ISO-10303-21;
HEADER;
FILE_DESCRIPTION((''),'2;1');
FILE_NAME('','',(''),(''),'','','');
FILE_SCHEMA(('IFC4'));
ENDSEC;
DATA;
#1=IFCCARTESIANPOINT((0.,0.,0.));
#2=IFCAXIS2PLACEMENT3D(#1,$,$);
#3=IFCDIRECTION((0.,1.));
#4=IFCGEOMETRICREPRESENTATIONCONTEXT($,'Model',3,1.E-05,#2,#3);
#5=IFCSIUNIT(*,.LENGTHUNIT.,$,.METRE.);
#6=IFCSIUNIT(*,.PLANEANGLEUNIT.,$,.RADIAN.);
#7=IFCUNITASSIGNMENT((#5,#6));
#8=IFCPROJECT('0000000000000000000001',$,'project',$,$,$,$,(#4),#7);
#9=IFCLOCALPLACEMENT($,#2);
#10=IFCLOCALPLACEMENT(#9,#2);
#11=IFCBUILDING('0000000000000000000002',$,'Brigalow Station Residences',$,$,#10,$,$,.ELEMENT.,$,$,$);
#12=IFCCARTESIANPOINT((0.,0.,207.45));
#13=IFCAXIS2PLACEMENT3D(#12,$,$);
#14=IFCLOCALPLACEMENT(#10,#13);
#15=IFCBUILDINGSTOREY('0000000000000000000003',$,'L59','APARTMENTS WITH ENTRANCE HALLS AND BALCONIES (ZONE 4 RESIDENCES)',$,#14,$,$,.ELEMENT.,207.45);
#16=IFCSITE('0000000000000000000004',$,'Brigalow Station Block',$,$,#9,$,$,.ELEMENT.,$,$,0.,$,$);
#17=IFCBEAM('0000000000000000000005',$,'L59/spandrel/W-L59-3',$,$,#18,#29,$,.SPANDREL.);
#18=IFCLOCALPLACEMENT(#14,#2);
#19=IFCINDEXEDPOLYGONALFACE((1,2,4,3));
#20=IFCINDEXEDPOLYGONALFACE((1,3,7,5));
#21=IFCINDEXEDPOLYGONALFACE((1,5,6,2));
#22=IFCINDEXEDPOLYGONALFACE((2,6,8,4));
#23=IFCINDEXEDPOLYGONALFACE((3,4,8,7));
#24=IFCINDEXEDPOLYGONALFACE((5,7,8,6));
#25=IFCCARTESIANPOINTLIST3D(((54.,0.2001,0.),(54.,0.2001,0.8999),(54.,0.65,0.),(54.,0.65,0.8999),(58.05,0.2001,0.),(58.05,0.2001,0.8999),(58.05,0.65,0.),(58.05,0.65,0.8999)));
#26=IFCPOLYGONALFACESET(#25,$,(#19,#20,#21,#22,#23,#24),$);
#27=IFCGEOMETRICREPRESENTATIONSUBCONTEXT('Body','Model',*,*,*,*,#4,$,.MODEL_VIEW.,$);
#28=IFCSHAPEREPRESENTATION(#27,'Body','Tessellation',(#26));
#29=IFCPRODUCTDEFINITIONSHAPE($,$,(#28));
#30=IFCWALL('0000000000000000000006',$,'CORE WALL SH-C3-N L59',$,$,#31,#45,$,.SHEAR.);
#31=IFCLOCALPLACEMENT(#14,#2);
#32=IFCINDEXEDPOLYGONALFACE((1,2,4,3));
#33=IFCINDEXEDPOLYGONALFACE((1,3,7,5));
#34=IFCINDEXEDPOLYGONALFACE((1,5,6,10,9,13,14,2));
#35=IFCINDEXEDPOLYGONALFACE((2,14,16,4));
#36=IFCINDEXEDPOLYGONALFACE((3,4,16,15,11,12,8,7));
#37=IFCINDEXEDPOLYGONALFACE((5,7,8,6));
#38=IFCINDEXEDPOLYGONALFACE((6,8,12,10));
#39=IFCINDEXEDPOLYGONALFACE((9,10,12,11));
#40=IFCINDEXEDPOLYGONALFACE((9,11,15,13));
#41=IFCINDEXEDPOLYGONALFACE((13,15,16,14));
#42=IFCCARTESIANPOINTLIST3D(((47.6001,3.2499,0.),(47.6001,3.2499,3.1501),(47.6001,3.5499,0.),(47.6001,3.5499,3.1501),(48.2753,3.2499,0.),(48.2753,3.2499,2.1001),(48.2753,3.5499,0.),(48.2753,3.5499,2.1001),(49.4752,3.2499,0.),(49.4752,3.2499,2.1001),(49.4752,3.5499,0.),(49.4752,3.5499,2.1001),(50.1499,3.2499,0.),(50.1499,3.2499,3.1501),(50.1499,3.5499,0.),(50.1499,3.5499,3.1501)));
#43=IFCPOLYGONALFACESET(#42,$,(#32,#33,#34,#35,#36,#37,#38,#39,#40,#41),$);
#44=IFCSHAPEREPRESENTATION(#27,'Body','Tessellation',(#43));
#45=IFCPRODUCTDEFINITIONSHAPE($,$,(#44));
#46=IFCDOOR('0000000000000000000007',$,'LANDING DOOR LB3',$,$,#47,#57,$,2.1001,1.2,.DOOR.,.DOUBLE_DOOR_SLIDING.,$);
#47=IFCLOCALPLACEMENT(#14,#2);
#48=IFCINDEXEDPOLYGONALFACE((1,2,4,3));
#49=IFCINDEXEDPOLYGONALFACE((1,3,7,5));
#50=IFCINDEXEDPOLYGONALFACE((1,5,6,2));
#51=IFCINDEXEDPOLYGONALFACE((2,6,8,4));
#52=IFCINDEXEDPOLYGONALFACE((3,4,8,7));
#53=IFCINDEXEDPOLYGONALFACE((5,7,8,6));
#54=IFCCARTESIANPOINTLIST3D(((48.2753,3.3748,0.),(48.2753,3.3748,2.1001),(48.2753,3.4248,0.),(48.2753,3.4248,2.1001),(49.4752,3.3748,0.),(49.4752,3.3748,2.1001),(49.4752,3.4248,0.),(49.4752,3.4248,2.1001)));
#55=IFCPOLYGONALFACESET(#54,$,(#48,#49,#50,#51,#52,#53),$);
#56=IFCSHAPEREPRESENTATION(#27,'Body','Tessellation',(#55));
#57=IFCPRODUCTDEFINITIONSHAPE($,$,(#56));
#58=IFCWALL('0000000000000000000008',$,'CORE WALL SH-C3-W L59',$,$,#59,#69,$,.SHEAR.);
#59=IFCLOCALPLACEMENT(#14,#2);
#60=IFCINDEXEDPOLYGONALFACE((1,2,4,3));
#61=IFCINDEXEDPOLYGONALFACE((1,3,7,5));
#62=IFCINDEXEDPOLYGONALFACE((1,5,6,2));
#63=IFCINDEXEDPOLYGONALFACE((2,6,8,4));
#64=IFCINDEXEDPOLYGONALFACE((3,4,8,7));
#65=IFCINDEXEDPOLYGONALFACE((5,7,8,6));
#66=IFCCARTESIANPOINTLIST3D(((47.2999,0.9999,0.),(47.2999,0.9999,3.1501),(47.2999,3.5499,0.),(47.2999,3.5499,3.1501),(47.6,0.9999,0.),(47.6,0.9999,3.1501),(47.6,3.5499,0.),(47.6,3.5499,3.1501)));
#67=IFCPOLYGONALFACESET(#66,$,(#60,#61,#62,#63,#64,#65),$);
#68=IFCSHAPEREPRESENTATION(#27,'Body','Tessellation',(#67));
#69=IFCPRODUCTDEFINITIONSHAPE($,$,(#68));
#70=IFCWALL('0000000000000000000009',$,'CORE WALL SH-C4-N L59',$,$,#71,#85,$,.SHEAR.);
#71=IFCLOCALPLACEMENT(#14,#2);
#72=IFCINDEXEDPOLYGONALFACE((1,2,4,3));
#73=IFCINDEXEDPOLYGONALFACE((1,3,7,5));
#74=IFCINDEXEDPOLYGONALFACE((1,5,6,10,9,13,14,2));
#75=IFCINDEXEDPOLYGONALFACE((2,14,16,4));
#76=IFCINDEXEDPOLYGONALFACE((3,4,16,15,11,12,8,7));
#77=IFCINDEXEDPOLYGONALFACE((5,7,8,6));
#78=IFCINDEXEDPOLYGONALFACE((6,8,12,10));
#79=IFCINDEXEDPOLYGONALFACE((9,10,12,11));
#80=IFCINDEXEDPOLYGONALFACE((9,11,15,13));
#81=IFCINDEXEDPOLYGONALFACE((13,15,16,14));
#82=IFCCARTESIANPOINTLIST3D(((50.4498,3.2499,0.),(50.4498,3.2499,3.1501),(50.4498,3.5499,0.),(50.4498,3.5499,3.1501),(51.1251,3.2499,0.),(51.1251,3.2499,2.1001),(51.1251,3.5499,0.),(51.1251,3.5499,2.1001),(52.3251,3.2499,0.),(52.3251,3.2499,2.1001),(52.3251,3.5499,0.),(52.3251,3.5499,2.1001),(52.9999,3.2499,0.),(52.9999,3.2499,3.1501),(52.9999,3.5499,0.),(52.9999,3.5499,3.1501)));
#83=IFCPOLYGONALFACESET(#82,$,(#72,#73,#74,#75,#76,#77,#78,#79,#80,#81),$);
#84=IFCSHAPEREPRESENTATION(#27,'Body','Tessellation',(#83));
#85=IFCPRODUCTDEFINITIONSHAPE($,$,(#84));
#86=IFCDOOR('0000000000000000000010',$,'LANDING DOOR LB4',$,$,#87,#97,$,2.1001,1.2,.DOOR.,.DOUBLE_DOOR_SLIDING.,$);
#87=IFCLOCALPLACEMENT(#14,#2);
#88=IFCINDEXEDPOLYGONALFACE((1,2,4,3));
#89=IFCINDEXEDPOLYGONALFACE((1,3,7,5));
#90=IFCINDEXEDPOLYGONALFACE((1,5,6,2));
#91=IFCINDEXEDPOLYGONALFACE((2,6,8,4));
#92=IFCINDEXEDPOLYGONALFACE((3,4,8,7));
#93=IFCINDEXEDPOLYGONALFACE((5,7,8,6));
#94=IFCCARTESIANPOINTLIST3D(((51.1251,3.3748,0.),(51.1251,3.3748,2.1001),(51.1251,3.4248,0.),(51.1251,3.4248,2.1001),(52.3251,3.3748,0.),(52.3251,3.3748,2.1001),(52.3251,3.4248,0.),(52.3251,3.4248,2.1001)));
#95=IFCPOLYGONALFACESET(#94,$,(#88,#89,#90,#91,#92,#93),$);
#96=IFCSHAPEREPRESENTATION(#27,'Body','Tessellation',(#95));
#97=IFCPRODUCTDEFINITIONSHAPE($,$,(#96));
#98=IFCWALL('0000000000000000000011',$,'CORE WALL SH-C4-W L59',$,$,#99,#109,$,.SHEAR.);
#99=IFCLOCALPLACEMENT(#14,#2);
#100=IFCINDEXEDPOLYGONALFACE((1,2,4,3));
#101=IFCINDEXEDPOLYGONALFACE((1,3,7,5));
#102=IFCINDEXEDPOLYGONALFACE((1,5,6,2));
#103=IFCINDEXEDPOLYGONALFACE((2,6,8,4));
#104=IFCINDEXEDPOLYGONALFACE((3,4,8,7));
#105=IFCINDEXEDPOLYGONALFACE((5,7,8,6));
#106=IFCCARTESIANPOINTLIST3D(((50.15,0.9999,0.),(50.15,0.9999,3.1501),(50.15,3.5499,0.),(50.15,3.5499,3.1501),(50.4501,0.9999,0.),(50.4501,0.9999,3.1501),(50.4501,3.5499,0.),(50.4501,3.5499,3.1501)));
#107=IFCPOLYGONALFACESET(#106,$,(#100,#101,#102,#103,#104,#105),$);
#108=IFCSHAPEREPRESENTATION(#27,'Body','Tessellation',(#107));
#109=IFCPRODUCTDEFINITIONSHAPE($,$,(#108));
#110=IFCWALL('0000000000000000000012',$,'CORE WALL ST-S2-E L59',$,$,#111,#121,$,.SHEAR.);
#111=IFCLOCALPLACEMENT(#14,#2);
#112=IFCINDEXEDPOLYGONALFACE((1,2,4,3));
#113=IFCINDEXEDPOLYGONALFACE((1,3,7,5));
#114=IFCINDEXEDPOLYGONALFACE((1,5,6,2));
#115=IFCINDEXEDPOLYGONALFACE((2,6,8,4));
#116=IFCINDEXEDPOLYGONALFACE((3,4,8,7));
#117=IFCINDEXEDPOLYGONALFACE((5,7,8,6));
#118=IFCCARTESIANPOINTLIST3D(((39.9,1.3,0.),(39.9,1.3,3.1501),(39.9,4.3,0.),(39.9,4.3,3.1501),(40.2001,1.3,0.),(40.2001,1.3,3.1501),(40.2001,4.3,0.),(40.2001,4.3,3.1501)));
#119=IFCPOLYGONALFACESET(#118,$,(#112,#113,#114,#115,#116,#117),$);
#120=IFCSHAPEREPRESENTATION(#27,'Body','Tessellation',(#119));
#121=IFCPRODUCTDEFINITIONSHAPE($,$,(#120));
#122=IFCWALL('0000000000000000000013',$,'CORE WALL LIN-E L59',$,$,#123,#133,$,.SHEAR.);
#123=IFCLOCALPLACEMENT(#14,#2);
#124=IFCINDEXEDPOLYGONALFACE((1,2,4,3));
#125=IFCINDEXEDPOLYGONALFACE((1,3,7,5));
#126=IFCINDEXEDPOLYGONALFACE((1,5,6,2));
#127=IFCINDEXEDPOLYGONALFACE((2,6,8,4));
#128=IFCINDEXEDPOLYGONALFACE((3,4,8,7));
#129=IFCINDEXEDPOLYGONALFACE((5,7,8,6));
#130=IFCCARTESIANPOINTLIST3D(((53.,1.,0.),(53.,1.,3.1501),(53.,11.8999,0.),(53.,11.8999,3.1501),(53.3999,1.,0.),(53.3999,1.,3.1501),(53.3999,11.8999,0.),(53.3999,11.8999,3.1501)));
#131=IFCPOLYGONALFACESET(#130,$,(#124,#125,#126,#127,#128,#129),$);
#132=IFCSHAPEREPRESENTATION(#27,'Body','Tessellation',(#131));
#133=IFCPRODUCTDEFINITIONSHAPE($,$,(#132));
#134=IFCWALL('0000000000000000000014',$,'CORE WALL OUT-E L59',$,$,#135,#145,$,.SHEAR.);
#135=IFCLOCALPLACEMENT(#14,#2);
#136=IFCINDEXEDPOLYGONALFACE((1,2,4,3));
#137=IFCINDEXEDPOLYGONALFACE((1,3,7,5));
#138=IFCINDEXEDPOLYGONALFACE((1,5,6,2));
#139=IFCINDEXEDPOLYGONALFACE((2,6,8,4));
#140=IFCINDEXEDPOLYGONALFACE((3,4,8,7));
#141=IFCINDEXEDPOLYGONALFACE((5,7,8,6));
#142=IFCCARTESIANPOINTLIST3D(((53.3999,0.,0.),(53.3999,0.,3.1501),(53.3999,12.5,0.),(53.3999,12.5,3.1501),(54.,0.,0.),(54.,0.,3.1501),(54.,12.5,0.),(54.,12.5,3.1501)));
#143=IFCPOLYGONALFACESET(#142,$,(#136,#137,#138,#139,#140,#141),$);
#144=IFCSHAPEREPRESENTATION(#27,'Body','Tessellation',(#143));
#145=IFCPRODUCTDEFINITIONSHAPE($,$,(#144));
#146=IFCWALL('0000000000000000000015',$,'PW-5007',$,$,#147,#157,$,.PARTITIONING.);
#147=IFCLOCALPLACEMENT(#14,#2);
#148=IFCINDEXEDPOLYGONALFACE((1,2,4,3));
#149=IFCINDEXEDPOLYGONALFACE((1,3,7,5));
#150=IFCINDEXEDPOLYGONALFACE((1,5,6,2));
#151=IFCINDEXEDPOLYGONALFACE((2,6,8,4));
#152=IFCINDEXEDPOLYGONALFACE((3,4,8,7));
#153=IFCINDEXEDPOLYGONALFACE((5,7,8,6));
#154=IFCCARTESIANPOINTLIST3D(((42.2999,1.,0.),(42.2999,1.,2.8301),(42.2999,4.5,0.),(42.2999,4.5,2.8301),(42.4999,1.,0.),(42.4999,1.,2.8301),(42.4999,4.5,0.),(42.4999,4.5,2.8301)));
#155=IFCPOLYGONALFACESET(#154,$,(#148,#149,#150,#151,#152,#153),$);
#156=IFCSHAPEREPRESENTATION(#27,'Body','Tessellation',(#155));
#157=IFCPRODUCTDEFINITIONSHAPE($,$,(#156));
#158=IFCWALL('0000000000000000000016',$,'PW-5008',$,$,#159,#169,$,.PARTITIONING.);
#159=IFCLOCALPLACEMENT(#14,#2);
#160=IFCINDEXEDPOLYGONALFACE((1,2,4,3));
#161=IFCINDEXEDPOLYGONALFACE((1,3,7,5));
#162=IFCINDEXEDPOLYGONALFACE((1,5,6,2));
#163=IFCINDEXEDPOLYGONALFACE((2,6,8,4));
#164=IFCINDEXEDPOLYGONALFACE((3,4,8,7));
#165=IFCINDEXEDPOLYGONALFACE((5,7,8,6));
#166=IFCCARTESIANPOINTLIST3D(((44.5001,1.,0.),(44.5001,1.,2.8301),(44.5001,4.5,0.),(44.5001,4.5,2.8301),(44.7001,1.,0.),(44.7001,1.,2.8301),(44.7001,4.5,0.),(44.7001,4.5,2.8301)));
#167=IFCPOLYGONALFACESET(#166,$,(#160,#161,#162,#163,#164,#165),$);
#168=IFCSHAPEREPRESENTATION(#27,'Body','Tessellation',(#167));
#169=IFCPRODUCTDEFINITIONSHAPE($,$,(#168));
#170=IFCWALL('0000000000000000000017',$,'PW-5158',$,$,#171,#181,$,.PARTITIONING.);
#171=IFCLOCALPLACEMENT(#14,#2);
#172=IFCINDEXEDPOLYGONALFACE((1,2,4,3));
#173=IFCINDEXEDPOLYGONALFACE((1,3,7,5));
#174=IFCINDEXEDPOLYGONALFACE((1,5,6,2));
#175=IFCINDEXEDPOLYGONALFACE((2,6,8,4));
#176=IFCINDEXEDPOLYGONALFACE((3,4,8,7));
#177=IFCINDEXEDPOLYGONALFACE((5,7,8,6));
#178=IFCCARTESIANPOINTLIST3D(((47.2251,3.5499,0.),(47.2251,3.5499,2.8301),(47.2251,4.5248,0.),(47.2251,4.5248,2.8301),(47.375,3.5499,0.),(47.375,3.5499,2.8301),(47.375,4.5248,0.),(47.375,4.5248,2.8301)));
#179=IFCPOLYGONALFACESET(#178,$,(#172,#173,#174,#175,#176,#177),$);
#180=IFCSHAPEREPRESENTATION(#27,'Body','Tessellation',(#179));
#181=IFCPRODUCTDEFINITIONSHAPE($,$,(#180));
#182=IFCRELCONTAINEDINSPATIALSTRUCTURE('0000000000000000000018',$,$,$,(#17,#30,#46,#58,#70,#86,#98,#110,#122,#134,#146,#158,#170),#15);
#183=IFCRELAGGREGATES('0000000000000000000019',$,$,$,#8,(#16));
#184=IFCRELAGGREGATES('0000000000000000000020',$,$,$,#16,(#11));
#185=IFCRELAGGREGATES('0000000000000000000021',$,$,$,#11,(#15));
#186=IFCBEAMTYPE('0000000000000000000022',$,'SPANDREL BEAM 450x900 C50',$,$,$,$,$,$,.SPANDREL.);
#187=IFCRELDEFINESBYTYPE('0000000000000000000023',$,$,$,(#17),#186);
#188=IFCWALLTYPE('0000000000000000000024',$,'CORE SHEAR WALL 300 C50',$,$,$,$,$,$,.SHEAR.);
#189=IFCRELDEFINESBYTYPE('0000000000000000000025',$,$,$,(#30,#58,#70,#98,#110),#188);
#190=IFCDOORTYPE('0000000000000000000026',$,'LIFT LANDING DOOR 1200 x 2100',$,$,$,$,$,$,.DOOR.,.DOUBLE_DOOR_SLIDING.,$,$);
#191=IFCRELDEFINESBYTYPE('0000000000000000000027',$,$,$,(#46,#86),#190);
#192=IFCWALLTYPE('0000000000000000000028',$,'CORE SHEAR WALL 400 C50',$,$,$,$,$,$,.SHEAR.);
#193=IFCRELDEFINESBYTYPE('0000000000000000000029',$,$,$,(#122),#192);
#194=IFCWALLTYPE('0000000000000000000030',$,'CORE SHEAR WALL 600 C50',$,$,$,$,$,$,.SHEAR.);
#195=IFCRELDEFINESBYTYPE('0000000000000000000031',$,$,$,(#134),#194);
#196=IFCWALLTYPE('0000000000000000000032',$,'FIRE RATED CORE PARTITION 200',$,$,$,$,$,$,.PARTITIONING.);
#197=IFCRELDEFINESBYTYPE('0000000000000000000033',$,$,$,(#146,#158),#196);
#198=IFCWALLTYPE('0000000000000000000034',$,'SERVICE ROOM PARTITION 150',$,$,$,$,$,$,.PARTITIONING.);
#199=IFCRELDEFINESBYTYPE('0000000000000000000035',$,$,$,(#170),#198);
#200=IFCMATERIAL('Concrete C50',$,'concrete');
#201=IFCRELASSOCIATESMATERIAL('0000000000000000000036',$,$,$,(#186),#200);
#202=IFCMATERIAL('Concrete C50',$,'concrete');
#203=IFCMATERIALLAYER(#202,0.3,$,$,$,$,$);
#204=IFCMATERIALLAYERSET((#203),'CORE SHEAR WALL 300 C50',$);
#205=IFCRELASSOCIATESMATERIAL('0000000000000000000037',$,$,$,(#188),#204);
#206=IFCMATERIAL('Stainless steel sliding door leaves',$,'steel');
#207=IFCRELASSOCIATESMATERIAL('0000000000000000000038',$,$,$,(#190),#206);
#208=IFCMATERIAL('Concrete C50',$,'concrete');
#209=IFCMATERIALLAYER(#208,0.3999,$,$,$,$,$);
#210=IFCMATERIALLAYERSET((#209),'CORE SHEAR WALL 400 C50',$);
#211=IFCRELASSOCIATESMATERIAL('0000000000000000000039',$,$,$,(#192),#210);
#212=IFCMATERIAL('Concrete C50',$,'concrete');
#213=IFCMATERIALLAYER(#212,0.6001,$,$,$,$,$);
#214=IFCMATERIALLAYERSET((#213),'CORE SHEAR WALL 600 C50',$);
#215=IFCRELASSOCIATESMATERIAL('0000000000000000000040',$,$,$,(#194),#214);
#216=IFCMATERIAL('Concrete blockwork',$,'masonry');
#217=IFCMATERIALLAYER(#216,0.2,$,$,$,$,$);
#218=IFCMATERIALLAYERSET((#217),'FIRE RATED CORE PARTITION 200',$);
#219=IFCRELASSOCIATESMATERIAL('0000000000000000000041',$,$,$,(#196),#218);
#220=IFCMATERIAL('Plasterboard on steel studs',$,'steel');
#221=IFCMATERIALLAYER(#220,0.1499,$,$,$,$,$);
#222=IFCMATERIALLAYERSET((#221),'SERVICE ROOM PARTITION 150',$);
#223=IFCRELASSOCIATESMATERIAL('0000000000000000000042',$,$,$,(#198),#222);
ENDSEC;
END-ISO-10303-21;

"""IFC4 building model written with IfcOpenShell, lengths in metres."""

from ifc_helpers import new_model, si_unit, direction, frame, frame_2d, origin, origin_2d, place, context, subcontext, project, spatial, rectangle, extrude, material, layer, layer_set, material_profile, profile_set, type_object, element, fill, save


model = new_model("IFC4")

# Units and contexts
model_context = context("Model", 3, precision=1e-05, world=origin(), true_north=direction((0.0, 1.0)))
body_context = subcontext(model_context, "Body", "Model", "MODEL_VIEW")
ifc_project = project(units=[si_unit("LENGTHUNIT", "METRE"), si_unit("PLANEANGLEUNIT", "RADIAN")], contexts=[model_context])

# Site, building, storey
site_placement = place(None, origin())
site = spatial("IfcSite", under=ifc_project, at=site_placement, Name="Brigalow Station Block", CompositionType="ELEMENT", RefElevation=0.0)
building_placement = place(site_placement, origin())
building = spatial("IfcBuilding", under=site, at=building_placement, Name="Brigalow Station Residences", CompositionType="ELEMENT")
storey_placement = place(building_placement, frame((0.0, 0.0, 207.45)))
storey = spatial("IfcBuildingStorey", under=building, at=storey_placement, Name="L59", Description="APARTMENTS WITH ENTRANCE HALLS AND BALCONIES (ZONE 4 RESIDENCES)", CompositionType="ELEMENT", Elevation=207.45)

# Beam
ifc_material_1 = material(Name="Concrete C50", Category="concrete")
ifc_material_profile = material_profile(ifc_material_1, rectangle(XDim=0.45, YDim=0.8999, at=origin_2d()), Name="RC450x900")
ifc_profile_set = profile_set([ifc_material_profile], Name="Concrete C50")
beam_type = type_object("IfcBeamType", Name="SPANDREL BEAM 450x900 C50", PredefinedType="SPANDREL", material=ifc_profile_set)
beam_placement = place(storey_placement, frame((54.0, 0.425, 0.45), z_axis=(1.0, 0.0, 0.0), x_axis=(0.0, 1.0, 0.0)))
element("IfcBeam", 1, at=beam_placement, inside=storey, type_object=beam_type, Name="L59/spandrel/W-L59-3", PredefinedType="SPANDREL", context=body_context, shape_type="SweptSolid", body=[
    extrude(rectangle(XDim=0.45, YDim=0.8999, at=origin_2d()), origin(), (0.0, 0.0, 1.0), 4.05),
])

# Wall, opening, door
ifc_material_2 = material(Name="Concrete C50", Category="concrete")
ifc_layer_1 = layer(ifc_material_2, 0.3)
ifc_layer_set_1 = layer_set([ifc_layer_1], Name="CORE SHEAR WALL 300 C50")
wall_type_1 = type_object("IfcWallType", Name="CORE SHEAR WALL 300 C50", PredefinedType="SHEAR", material=ifc_layer_set_1)
wall_1_placement = place(storey_placement, frame((47.6001, 3.3999, 0.0), z_axis=(0.0, 0.0, 1.0), x_axis=(1.0, 0.0, 0.0)))
wall_1 = element("IfcWall", 2, at=wall_1_placement, inside=storey, type_object=wall_type_1, Name="CORE WALL SH-C3-N L59", PredefinedType="SHEAR", context=body_context, shape_type="SweptSolid", body=[
    extrude(rectangle(XDim=2.5498, YDim=0.3, at=frame_2d((1.2749, 0.0))), origin(), (0.0, 0.0, 1.0), 3.1501),
])
opening_1_placement = place(wall_1_placement, frame((0.675, 0.0, 0.0)))
opening_1 = element("IfcOpeningElement", 3, at=opening_1_placement, cuts=wall_1, PredefinedType="OPENING", context=body_context, shape_type="SweptSolid", body=[
    extrude(rectangle(XDim=1.2, YDim=2.1001, at=frame_2d((0.6001, 1.05))), frame((0.0, 0.1602, 0.0), z_axis=(0.0, -1.0, 0.0), x_axis=(1.0, 0.0, 0.0)), (0.0, 0.0, 1.0), 0.3201),
])
ifc_material_3 = material(Name="Stainless steel sliding door leaves", Category="steel")
door_type = type_object("IfcDoorType", Name="LIFT LANDING DOOR 1200 x 2100", OperationType="DOUBLE_DOOR_SLIDING", PredefinedType="DOOR", material=ifc_material_3)
door_1_placement = place(opening_1_placement, origin())
door_1 = element("IfcDoor", 4, at=door_1_placement, inside=storey, type_object=door_type, Name="LANDING DOOR LB3", OperationType="DOUBLE_DOOR_SLIDING", OverallHeight=2.1001, OverallWidth=1.2, PredefinedType="DOOR", context=body_context, shape_type="SweptSolid", body=[
    extrude(rectangle(XDim=1.2, YDim=2.1001, at=frame_2d((0.6001, 1.05))), frame((0.0, 0.0249, 0.0), z_axis=(0.0, -1.0, 0.0), x_axis=(1.0, 0.0, 0.0)), (0.0, 0.0, 1.0), 0.05),
])
fill(opening_1, door_1)

# Wall
wall_2_placement = place(storey_placement, frame((47.45, 1.0, 0.0), z_axis=(0.0, 0.0, 1.0), x_axis=(0.0, 1.0, 0.0)))
element("IfcWall", 5, at=wall_2_placement, inside=storey, type_object=wall_type_1, Name="CORE WALL SH-C3-W L59", PredefinedType="SHEAR", context=body_context, shape_type="SweptSolid", body=[
    extrude(rectangle(XDim=2.55, YDim=0.3, at=frame_2d((1.2749, 0.0))), origin(), (0.0, 0.0, 1.0), 3.1501),
])

# Wall, opening, door
wall_3_placement = place(storey_placement, frame((50.45, 3.3999, 0.0), z_axis=(0.0, 0.0, 1.0), x_axis=(1.0, 0.0, 0.0)))
wall_3 = element("IfcWall", 6, at=wall_3_placement, inside=storey, type_object=wall_type_1, Name="CORE WALL SH-C4-N L59", PredefinedType="SHEAR", context=body_context, shape_type="SweptSolid", body=[
    extrude(rectangle(XDim=2.55, YDim=0.3, at=frame_2d((1.2749, 0.0))), origin(), (0.0, 0.0, 1.0), 3.1501),
])
opening_2_placement = place(wall_3_placement, frame((0.675, 0.0, 0.0)))
opening_2 = element("IfcOpeningElement", 7, at=opening_2_placement, cuts=wall_3, PredefinedType="OPENING", context=body_context, shape_type="SweptSolid", body=[
    extrude(rectangle(XDim=1.2, YDim=2.1001, at=frame_2d((0.6001, 1.05))), frame((0.0, 0.1602, 0.0), z_axis=(0.0, -1.0, 0.0), x_axis=(1.0, 0.0, 0.0)), (0.0, 0.0, 1.0), 0.3201),
])
door_2_placement = place(opening_2_placement, origin())
door_2 = element("IfcDoor", 8, at=door_2_placement, inside=storey, type_object=door_type, Name="LANDING DOOR LB4", OperationType="DOUBLE_DOOR_SLIDING", OverallHeight=2.1001, OverallWidth=1.2, PredefinedType="DOOR", context=body_context, shape_type="SweptSolid", body=[
    extrude(rectangle(XDim=1.2, YDim=2.1001, at=frame_2d((0.6001, 1.05))), frame((0.0, 0.0249, 0.0), z_axis=(0.0, -1.0, 0.0), x_axis=(1.0, 0.0, 0.0)), (0.0, 0.0, 1.0), 0.05),
])
fill(opening_2, door_2)

# Walls
wall_4_placement = place(storey_placement, frame((50.3, 1.0, 0.0), z_axis=(0.0, 0.0, 1.0), x_axis=(0.0, 1.0, 0.0)))
element("IfcWall", 9, at=wall_4_placement, inside=storey, type_object=wall_type_1, Name="CORE WALL SH-C4-W L59", PredefinedType="SHEAR", context=body_context, shape_type="SweptSolid", body=[
    extrude(rectangle(XDim=2.55, YDim=0.3, at=frame_2d((1.2749, 0.0))), origin(), (0.0, 0.0, 1.0), 3.1501),
])
wall_5_placement = place(storey_placement, frame((40.05, 1.3, 0.0), z_axis=(0.0, 0.0, 1.0), x_axis=(0.0, 1.0, 0.0)))
element("IfcWall", 10, at=wall_5_placement, inside=storey, type_object=wall_type_1, Name="CORE WALL ST-S2-E L59", PredefinedType="SHEAR", context=body_context, shape_type="SweptSolid", body=[
    extrude(rectangle(XDim=3.0, YDim=0.3, at=frame_2d((1.5, 0.0))), origin(), (0.0, 0.0, 1.0), 3.1501),
])
ifc_material_4 = material(Name="Concrete C50", Category="concrete")
ifc_layer_2 = layer(ifc_material_4, 0.3999)
ifc_layer_set_2 = layer_set([ifc_layer_2], Name="CORE SHEAR WALL 400 C50")
wall_type_2 = type_object("IfcWallType", Name="CORE SHEAR WALL 400 C50", PredefinedType="SHEAR", material=ifc_layer_set_2)
wall_6_placement = place(storey_placement, frame((53.2, 1.0, 0.0), z_axis=(0.0, 0.0, 1.0), x_axis=(0.0, 1.0, 0.0)))
element("IfcWall", 11, at=wall_6_placement, inside=storey, type_object=wall_type_2, Name="CORE WALL LIN-E L59", PredefinedType="SHEAR", context=body_context, shape_type="SweptSolid", body=[
    extrude(rectangle(XDim=10.8999, YDim=0.3999, at=frame_2d((5.45, 0.0))), origin(), (0.0, 0.0, 1.0), 3.1501),
])
ifc_material_5 = material(Name="Concrete C50", Category="concrete")
ifc_layer_3 = layer(ifc_material_5, 0.6001)
ifc_layer_set_3 = layer_set([ifc_layer_3], Name="CORE SHEAR WALL 600 C50")
wall_type_3 = type_object("IfcWallType", Name="CORE SHEAR WALL 600 C50", PredefinedType="SHEAR", material=ifc_layer_set_3)
wall_7_placement = place(storey_placement, frame((53.7, 0.0, 0.0), z_axis=(0.0, 0.0, 1.0), x_axis=(0.0, 1.0, 0.0)))
element("IfcWall", 12, at=wall_7_placement, inside=storey, type_object=wall_type_3, Name="CORE WALL OUT-E L59", PredefinedType="SHEAR", context=body_context, shape_type="SweptSolid", body=[
    extrude(rectangle(XDim=12.5, YDim=0.6001, at=frame_2d((6.25, 0.0))), origin(), (0.0, 0.0, 1.0), 3.1501),
])
ifc_material_6 = material(Name="Concrete blockwork", Category="masonry")
ifc_layer_4 = layer(ifc_material_6, 0.2)
ifc_layer_set_4 = layer_set([ifc_layer_4], Name="FIRE RATED CORE PARTITION 200")
wall_type_4 = type_object("IfcWallType", Name="FIRE RATED CORE PARTITION 200", PredefinedType="PARTITIONING", material=ifc_layer_set_4)
for number, where, z_axis, x_axis, name in (
    (13, (42.3999, 1.0, 0.0), (0.0, 0.0, 1.0), (0.0, 1.0, 0.0), "PW-5007"),
    (14, (44.6001, 1.0, 0.0), (0.0, 0.0, 1.0), (0.0, 1.0, 0.0), "PW-5008"),
):
    element("IfcWall", number, at=place(storey_placement, frame(where, z_axis=z_axis, x_axis=x_axis)), inside=storey, type_object=wall_type_4, Name=name, PredefinedType="PARTITIONING", context=body_context, shape_type="SweptSolid", body=[
        extrude(rectangle(XDim=3.5, YDim=0.2, at=frame_2d((1.75, 0.0))), origin(), (0.0, 0.0, 1.0), 2.8301),
    ])
ifc_material_7 = material(Name="Plasterboard on steel studs", Category="steel")
ifc_layer_5 = layer(ifc_material_7, 0.1499)
ifc_layer_set_5 = layer_set([ifc_layer_5], Name="SERVICE ROOM PARTITION 150")
wall_type_5 = type_object("IfcWallType", Name="SERVICE ROOM PARTITION 150", PredefinedType="PARTITIONING", material=ifc_layer_set_5)
wall_8_placement = place(storey_placement, frame((47.3, 3.55, 0.0), z_axis=(0.0, 0.0, 1.0), x_axis=(0.0, 1.0, 0.0)))
element("IfcWall", 15, at=wall_8_placement, inside=storey, type_object=wall_type_5, Name="PW-5158", PredefinedType="PARTITIONING", context=body_context, shape_type="SweptSolid", body=[
    extrude(rectangle(XDim=0.9749, YDim=0.1499, at=frame_2d((0.4873, 0.0))), origin(), (0.0, 0.0, 1.0), 2.8301),
])

save(model, "model.ifc")
